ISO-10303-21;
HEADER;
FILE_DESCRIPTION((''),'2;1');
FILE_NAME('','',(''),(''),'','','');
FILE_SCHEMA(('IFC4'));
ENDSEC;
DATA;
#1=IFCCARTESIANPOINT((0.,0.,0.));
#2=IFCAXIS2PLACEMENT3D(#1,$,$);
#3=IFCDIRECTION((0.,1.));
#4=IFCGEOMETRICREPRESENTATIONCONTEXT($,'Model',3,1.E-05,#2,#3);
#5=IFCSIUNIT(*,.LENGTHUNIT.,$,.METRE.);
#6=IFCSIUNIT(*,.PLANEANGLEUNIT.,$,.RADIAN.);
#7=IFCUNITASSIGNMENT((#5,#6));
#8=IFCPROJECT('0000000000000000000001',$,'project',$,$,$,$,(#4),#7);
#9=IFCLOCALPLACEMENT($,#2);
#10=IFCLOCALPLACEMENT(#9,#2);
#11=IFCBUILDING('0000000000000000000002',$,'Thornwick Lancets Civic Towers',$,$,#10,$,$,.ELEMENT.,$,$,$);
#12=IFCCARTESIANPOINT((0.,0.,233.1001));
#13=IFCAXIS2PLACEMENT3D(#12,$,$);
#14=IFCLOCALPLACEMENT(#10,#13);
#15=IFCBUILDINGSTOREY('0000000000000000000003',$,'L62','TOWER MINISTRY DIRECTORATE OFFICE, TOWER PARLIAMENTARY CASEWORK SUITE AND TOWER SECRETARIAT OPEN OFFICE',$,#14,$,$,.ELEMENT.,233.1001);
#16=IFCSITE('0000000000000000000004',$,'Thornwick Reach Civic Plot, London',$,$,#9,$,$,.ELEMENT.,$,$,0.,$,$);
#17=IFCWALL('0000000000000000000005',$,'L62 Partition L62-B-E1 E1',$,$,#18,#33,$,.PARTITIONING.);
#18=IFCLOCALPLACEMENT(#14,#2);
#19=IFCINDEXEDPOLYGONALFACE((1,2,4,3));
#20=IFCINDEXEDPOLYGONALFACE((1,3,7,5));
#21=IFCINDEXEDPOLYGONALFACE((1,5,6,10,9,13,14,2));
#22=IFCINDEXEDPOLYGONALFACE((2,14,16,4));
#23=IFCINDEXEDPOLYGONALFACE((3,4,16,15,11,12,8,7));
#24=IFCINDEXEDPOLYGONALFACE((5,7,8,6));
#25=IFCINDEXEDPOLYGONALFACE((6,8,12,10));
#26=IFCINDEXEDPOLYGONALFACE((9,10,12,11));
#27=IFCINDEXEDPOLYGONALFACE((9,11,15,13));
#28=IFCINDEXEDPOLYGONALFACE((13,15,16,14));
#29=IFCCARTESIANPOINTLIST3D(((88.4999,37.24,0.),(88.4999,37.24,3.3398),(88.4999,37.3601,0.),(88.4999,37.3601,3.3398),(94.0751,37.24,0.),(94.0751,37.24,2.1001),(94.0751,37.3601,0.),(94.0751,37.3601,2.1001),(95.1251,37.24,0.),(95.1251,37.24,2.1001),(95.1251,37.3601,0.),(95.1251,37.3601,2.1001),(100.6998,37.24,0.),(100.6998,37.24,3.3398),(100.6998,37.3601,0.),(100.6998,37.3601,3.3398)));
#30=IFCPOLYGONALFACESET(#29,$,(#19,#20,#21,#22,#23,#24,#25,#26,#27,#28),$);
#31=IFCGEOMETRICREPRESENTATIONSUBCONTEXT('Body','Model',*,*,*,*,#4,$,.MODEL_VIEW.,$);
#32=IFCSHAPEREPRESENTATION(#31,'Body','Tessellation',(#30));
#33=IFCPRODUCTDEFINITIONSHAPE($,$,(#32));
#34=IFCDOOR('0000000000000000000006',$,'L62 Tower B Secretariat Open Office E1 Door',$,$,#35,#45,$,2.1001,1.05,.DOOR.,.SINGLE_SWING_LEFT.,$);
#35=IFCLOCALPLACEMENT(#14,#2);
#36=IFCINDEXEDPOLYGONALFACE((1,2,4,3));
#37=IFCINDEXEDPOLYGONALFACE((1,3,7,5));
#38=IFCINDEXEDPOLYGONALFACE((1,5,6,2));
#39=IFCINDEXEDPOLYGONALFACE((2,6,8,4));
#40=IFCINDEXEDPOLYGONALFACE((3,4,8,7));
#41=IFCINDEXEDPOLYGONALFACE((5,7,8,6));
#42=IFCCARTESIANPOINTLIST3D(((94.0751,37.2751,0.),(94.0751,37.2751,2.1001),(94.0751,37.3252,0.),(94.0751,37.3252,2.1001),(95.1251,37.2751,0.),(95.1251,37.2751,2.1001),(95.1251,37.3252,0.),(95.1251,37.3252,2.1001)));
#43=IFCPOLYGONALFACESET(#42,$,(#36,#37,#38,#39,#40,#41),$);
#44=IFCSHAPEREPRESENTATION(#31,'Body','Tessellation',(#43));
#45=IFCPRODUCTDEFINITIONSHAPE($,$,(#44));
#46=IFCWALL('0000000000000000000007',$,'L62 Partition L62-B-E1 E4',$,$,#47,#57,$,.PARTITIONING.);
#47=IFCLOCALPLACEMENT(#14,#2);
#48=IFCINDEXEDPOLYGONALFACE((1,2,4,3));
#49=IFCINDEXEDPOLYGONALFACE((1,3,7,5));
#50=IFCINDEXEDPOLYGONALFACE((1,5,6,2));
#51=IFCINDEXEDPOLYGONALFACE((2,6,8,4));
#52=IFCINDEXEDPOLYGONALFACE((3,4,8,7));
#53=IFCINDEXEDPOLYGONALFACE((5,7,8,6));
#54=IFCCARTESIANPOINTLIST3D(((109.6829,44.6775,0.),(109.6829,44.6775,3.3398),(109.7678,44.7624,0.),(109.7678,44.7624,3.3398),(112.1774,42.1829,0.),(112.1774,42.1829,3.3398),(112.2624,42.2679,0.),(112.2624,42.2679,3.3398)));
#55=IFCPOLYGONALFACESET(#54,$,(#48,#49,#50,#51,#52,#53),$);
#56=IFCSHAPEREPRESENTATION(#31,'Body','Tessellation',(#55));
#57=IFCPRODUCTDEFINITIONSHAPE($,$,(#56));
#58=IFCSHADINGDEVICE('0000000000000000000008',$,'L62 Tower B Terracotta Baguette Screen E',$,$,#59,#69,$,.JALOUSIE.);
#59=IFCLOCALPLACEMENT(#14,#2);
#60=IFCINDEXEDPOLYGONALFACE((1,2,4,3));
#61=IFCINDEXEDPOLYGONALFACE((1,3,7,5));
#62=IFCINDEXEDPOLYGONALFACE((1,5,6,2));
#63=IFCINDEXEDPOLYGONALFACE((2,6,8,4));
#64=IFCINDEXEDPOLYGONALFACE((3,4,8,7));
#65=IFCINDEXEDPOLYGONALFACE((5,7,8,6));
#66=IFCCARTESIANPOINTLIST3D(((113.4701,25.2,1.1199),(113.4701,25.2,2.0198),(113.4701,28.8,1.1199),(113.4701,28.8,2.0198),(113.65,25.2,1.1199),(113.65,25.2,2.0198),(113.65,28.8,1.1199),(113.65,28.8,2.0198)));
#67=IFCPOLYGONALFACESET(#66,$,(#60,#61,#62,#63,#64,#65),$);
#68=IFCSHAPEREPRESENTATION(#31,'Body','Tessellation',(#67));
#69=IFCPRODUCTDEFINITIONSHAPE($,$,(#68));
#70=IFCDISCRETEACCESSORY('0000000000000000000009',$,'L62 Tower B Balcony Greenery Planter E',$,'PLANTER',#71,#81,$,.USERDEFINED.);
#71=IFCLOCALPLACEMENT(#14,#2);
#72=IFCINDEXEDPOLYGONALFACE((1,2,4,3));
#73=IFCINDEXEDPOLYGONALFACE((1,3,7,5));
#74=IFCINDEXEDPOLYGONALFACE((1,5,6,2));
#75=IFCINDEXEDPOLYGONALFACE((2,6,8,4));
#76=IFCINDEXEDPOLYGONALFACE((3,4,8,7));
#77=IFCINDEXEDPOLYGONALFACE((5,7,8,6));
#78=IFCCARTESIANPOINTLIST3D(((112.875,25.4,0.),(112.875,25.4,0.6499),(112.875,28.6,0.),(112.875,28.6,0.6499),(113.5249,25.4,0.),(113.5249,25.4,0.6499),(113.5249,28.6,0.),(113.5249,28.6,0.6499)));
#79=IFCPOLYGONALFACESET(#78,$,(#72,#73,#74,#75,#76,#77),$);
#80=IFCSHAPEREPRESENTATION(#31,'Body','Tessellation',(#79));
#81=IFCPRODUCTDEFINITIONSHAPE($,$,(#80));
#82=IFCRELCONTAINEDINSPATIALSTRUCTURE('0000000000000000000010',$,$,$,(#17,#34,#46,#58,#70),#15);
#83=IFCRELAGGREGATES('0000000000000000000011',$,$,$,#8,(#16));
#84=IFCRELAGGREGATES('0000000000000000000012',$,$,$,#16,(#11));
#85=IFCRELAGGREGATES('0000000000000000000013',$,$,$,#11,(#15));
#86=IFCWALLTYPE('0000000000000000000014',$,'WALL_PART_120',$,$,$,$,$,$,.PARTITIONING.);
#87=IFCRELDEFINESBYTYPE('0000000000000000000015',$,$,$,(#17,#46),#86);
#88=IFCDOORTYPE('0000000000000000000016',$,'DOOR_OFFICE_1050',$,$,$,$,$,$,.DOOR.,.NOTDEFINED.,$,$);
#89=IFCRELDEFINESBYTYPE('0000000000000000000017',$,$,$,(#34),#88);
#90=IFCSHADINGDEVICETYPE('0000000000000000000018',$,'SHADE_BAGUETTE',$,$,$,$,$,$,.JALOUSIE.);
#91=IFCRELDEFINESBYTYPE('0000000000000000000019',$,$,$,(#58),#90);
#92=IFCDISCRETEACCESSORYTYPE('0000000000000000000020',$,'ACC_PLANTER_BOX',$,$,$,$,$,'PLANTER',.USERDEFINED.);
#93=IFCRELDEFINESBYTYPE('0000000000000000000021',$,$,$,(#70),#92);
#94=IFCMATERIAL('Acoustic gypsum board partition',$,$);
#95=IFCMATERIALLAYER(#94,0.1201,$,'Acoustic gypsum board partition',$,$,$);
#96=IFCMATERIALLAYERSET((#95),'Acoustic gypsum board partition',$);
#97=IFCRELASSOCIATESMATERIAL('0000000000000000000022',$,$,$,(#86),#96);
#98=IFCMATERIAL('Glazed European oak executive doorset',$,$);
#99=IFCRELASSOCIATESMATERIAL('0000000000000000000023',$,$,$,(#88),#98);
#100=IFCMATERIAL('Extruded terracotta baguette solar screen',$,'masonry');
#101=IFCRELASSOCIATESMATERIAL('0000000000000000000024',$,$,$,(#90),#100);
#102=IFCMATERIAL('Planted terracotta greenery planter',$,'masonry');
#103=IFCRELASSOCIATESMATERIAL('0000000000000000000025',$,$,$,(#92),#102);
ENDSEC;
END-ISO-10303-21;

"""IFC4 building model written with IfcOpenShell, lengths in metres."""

from ifc_helpers import new_model, si_unit, direction, frame, frame_2d, origin, origin_2d, place, context, subcontext, project, spatial, rectangle, extrude, material, layer, layer_set, type_object, element, fill, save


model = new_model("IFC4")

# Units and contexts
model_context = context("Model", 3, precision=1e-05, world=origin(), true_north=direction((0.0, 1.0)))
body_context = subcontext(model_context, "Body", "Model", "MODEL_VIEW")
ifc_project = project(units=[si_unit("LENGTHUNIT", "METRE"), si_unit("PLANEANGLEUNIT", "RADIAN")], contexts=[model_context])

# Site, building, storey
site_placement = place(None, origin())
site = spatial("IfcSite", under=ifc_project, at=site_placement, Name="Thornwick Reach Civic Plot, London", CompositionType="ELEMENT", RefElevation=0.0)
building_placement = place(site_placement, origin())
building = spatial("IfcBuilding", under=site, at=building_placement, Name="Thornwick Lancets Civic Towers", CompositionType="ELEMENT")
storey_placement = place(building_placement, frame((0.0, 0.0, 233.1001)))
storey = spatial("IfcBuildingStorey", under=building, at=storey_placement, Name="L62", Description="TOWER MINISTRY DIRECTORATE OFFICE, TOWER PARLIAMENTARY CASEWORK SUITE AND TOWER SECRETARIAT OPEN OFFICE", CompositionType="ELEMENT", Elevation=233.1001)

# Shared definitions
ifc_material_1 = material(Name="Acoustic gypsum board partition")
ifc_layer_1 = layer(ifc_material_1, 0.1201, Name="Acoustic gypsum board partition")
ifc_layer_set_1 = layer_set([ifc_layer_1], Name="Acoustic gypsum board partition")
wall_type_1 = type_object("IfcWallType", Name="WALL_PART_120", PredefinedType="PARTITIONING", material=ifc_layer_set_1)

# Wall, opening, door
wall_1_placement = place(storey_placement, frame((100.7, 37.3, 0.0), z_axis=(0.0, 0.0, 1.0), x_axis=(-1.0, 0.0, 0.0)))
wall_1 = element("IfcWall", 1, at=wall_1_placement, inside=storey, type_object=wall_type_1, Name="L62 Partition L62-B-E1 E1", PredefinedType="PARTITIONING", context=body_context, shape_type="SweptSolid", body=[
    extrude(rectangle(XDim=12.2, YDim=0.1201, at=frame_2d((6.1001, 0.0))), origin(), (0.0, 0.0, 1.0), 3.3398),
])
opening_1_placement = place(wall_1_placement, frame((5.575, 0.0, 0.0)))
opening_1 = element("IfcOpeningElement", 2, at=opening_1_placement, cuts=wall_1, PredefinedType="OPENING", context=body_context, shape_type="SweptSolid", body=[
    extrude(rectangle(XDim=1.05, YDim=2.1001, at=frame_2d((0.5249, 1.05))), frame((0.0, 0.0701, 0.0), z_axis=(0.0, -1.0, 0.0), x_axis=(1.0, 0.0, 0.0)), (0.0, 0.0, 1.0), 0.1401),
])
ifc_material_2 = material(Name="Glazed European oak executive doorset")
door_type_1 = type_object("IfcDoorType", Name="DOOR_OFFICE_1050", OperationType="NOTDEFINED", PredefinedType="DOOR", material=ifc_material_2)
door_1_placement = place(opening_1_placement, origin())
door_1 = element("IfcDoor", 3, at=door_1_placement, inside=storey, type_object=door_type_1, Name="L62 Tower B Secretariat Open Office E1 Door", OperationType="SINGLE_SWING_LEFT", OverallHeight=2.1001, OverallWidth=1.05, PredefinedType="DOOR", context=body_context, shape_type="SweptSolid", body=[
    extrude(rectangle(XDim=1.05, YDim=2.1001, at=frame_2d((0.5249, 1.05))), frame((0.0, 0.0249, 0.0), z_axis=(0.0, -1.0, 0.0), x_axis=(1.0, 0.0, 0.0)), (0.0, 0.0, 1.0), 0.05),
])
fill(opening_1, door_1)

# Wall
wall_2_placement = place(storey_placement, frame((109.7253, 44.72, 0.0), z_axis=(0.0, 0.0, 1.0), x_axis=(0.707107, -0.707107, 0.0)))
element("IfcWall", 4, at=wall_2_placement, inside=storey, type_object=wall_type_1, Name="L62 Partition L62-B-E1 E4", PredefinedType="PARTITIONING", context=body_context, shape_type="SweptSolid", body=[
    extrude(rectangle(XDim=3.5278, YDim=0.1201, at=frame_2d((1.7639, 0.0))), origin(), (0.0, 0.0, 1.0), 3.3398),
])

# Shading device
ifc_material_3 = material(Name="Extruded terracotta baguette solar screen", Category="masonry")
shading_device_type = type_object("IfcShadingDeviceType", Name="SHADE_BAGUETTE", PredefinedType="JALOUSIE", material=ifc_material_3)
shading_device_placement = place(storey_placement, frame((113.5601, 27.0, 1.1199), z_axis=(0.0, 0.0, 1.0), x_axis=(0.0, 1.0, 0.0)))
element("IfcShadingDevice", 5, at=shading_device_placement, inside=storey, type_object=shading_device_type, Name="L62 Tower B Terracotta Baguette Screen E", PredefinedType="JALOUSIE", context=body_context, shape_type="SweptSolid", body=[
    extrude(rectangle(XDim=3.6001, YDim=0.1799, at=origin_2d()), origin(), (0.0, 0.0, 1.0), 0.8999),
])

# Discrete accessory
ifc_material_4 = material(Name="Planted terracotta greenery planter", Category="masonry")
discrete_accessory_type = type_object("IfcDiscreteAccessoryType", Name="ACC_PLANTER_BOX", ElementType="PLANTER", PredefinedType="USERDEFINED", material=ifc_material_4)
discrete_accessory_placement = place(storey_placement, frame((113.2, 27.0, 0.0), z_axis=(0.0, 0.0, 1.0), x_axis=(1.0, 0.0, 0.0)))
element("IfcDiscreteAccessory", 6, at=discrete_accessory_placement, inside=storey, type_object=discrete_accessory_type, Name="L62 Tower B Balcony Greenery Planter E", ObjectType="PLANTER", PredefinedType="USERDEFINED", context=body_context, shape_type="SweptSolid", body=[
    extrude(rectangle(XDim=0.6499, YDim=3.2, at=origin_2d()), origin(), (0.0, 0.0, 1.0), 0.6499),
])

save(model, "model.ifc")
